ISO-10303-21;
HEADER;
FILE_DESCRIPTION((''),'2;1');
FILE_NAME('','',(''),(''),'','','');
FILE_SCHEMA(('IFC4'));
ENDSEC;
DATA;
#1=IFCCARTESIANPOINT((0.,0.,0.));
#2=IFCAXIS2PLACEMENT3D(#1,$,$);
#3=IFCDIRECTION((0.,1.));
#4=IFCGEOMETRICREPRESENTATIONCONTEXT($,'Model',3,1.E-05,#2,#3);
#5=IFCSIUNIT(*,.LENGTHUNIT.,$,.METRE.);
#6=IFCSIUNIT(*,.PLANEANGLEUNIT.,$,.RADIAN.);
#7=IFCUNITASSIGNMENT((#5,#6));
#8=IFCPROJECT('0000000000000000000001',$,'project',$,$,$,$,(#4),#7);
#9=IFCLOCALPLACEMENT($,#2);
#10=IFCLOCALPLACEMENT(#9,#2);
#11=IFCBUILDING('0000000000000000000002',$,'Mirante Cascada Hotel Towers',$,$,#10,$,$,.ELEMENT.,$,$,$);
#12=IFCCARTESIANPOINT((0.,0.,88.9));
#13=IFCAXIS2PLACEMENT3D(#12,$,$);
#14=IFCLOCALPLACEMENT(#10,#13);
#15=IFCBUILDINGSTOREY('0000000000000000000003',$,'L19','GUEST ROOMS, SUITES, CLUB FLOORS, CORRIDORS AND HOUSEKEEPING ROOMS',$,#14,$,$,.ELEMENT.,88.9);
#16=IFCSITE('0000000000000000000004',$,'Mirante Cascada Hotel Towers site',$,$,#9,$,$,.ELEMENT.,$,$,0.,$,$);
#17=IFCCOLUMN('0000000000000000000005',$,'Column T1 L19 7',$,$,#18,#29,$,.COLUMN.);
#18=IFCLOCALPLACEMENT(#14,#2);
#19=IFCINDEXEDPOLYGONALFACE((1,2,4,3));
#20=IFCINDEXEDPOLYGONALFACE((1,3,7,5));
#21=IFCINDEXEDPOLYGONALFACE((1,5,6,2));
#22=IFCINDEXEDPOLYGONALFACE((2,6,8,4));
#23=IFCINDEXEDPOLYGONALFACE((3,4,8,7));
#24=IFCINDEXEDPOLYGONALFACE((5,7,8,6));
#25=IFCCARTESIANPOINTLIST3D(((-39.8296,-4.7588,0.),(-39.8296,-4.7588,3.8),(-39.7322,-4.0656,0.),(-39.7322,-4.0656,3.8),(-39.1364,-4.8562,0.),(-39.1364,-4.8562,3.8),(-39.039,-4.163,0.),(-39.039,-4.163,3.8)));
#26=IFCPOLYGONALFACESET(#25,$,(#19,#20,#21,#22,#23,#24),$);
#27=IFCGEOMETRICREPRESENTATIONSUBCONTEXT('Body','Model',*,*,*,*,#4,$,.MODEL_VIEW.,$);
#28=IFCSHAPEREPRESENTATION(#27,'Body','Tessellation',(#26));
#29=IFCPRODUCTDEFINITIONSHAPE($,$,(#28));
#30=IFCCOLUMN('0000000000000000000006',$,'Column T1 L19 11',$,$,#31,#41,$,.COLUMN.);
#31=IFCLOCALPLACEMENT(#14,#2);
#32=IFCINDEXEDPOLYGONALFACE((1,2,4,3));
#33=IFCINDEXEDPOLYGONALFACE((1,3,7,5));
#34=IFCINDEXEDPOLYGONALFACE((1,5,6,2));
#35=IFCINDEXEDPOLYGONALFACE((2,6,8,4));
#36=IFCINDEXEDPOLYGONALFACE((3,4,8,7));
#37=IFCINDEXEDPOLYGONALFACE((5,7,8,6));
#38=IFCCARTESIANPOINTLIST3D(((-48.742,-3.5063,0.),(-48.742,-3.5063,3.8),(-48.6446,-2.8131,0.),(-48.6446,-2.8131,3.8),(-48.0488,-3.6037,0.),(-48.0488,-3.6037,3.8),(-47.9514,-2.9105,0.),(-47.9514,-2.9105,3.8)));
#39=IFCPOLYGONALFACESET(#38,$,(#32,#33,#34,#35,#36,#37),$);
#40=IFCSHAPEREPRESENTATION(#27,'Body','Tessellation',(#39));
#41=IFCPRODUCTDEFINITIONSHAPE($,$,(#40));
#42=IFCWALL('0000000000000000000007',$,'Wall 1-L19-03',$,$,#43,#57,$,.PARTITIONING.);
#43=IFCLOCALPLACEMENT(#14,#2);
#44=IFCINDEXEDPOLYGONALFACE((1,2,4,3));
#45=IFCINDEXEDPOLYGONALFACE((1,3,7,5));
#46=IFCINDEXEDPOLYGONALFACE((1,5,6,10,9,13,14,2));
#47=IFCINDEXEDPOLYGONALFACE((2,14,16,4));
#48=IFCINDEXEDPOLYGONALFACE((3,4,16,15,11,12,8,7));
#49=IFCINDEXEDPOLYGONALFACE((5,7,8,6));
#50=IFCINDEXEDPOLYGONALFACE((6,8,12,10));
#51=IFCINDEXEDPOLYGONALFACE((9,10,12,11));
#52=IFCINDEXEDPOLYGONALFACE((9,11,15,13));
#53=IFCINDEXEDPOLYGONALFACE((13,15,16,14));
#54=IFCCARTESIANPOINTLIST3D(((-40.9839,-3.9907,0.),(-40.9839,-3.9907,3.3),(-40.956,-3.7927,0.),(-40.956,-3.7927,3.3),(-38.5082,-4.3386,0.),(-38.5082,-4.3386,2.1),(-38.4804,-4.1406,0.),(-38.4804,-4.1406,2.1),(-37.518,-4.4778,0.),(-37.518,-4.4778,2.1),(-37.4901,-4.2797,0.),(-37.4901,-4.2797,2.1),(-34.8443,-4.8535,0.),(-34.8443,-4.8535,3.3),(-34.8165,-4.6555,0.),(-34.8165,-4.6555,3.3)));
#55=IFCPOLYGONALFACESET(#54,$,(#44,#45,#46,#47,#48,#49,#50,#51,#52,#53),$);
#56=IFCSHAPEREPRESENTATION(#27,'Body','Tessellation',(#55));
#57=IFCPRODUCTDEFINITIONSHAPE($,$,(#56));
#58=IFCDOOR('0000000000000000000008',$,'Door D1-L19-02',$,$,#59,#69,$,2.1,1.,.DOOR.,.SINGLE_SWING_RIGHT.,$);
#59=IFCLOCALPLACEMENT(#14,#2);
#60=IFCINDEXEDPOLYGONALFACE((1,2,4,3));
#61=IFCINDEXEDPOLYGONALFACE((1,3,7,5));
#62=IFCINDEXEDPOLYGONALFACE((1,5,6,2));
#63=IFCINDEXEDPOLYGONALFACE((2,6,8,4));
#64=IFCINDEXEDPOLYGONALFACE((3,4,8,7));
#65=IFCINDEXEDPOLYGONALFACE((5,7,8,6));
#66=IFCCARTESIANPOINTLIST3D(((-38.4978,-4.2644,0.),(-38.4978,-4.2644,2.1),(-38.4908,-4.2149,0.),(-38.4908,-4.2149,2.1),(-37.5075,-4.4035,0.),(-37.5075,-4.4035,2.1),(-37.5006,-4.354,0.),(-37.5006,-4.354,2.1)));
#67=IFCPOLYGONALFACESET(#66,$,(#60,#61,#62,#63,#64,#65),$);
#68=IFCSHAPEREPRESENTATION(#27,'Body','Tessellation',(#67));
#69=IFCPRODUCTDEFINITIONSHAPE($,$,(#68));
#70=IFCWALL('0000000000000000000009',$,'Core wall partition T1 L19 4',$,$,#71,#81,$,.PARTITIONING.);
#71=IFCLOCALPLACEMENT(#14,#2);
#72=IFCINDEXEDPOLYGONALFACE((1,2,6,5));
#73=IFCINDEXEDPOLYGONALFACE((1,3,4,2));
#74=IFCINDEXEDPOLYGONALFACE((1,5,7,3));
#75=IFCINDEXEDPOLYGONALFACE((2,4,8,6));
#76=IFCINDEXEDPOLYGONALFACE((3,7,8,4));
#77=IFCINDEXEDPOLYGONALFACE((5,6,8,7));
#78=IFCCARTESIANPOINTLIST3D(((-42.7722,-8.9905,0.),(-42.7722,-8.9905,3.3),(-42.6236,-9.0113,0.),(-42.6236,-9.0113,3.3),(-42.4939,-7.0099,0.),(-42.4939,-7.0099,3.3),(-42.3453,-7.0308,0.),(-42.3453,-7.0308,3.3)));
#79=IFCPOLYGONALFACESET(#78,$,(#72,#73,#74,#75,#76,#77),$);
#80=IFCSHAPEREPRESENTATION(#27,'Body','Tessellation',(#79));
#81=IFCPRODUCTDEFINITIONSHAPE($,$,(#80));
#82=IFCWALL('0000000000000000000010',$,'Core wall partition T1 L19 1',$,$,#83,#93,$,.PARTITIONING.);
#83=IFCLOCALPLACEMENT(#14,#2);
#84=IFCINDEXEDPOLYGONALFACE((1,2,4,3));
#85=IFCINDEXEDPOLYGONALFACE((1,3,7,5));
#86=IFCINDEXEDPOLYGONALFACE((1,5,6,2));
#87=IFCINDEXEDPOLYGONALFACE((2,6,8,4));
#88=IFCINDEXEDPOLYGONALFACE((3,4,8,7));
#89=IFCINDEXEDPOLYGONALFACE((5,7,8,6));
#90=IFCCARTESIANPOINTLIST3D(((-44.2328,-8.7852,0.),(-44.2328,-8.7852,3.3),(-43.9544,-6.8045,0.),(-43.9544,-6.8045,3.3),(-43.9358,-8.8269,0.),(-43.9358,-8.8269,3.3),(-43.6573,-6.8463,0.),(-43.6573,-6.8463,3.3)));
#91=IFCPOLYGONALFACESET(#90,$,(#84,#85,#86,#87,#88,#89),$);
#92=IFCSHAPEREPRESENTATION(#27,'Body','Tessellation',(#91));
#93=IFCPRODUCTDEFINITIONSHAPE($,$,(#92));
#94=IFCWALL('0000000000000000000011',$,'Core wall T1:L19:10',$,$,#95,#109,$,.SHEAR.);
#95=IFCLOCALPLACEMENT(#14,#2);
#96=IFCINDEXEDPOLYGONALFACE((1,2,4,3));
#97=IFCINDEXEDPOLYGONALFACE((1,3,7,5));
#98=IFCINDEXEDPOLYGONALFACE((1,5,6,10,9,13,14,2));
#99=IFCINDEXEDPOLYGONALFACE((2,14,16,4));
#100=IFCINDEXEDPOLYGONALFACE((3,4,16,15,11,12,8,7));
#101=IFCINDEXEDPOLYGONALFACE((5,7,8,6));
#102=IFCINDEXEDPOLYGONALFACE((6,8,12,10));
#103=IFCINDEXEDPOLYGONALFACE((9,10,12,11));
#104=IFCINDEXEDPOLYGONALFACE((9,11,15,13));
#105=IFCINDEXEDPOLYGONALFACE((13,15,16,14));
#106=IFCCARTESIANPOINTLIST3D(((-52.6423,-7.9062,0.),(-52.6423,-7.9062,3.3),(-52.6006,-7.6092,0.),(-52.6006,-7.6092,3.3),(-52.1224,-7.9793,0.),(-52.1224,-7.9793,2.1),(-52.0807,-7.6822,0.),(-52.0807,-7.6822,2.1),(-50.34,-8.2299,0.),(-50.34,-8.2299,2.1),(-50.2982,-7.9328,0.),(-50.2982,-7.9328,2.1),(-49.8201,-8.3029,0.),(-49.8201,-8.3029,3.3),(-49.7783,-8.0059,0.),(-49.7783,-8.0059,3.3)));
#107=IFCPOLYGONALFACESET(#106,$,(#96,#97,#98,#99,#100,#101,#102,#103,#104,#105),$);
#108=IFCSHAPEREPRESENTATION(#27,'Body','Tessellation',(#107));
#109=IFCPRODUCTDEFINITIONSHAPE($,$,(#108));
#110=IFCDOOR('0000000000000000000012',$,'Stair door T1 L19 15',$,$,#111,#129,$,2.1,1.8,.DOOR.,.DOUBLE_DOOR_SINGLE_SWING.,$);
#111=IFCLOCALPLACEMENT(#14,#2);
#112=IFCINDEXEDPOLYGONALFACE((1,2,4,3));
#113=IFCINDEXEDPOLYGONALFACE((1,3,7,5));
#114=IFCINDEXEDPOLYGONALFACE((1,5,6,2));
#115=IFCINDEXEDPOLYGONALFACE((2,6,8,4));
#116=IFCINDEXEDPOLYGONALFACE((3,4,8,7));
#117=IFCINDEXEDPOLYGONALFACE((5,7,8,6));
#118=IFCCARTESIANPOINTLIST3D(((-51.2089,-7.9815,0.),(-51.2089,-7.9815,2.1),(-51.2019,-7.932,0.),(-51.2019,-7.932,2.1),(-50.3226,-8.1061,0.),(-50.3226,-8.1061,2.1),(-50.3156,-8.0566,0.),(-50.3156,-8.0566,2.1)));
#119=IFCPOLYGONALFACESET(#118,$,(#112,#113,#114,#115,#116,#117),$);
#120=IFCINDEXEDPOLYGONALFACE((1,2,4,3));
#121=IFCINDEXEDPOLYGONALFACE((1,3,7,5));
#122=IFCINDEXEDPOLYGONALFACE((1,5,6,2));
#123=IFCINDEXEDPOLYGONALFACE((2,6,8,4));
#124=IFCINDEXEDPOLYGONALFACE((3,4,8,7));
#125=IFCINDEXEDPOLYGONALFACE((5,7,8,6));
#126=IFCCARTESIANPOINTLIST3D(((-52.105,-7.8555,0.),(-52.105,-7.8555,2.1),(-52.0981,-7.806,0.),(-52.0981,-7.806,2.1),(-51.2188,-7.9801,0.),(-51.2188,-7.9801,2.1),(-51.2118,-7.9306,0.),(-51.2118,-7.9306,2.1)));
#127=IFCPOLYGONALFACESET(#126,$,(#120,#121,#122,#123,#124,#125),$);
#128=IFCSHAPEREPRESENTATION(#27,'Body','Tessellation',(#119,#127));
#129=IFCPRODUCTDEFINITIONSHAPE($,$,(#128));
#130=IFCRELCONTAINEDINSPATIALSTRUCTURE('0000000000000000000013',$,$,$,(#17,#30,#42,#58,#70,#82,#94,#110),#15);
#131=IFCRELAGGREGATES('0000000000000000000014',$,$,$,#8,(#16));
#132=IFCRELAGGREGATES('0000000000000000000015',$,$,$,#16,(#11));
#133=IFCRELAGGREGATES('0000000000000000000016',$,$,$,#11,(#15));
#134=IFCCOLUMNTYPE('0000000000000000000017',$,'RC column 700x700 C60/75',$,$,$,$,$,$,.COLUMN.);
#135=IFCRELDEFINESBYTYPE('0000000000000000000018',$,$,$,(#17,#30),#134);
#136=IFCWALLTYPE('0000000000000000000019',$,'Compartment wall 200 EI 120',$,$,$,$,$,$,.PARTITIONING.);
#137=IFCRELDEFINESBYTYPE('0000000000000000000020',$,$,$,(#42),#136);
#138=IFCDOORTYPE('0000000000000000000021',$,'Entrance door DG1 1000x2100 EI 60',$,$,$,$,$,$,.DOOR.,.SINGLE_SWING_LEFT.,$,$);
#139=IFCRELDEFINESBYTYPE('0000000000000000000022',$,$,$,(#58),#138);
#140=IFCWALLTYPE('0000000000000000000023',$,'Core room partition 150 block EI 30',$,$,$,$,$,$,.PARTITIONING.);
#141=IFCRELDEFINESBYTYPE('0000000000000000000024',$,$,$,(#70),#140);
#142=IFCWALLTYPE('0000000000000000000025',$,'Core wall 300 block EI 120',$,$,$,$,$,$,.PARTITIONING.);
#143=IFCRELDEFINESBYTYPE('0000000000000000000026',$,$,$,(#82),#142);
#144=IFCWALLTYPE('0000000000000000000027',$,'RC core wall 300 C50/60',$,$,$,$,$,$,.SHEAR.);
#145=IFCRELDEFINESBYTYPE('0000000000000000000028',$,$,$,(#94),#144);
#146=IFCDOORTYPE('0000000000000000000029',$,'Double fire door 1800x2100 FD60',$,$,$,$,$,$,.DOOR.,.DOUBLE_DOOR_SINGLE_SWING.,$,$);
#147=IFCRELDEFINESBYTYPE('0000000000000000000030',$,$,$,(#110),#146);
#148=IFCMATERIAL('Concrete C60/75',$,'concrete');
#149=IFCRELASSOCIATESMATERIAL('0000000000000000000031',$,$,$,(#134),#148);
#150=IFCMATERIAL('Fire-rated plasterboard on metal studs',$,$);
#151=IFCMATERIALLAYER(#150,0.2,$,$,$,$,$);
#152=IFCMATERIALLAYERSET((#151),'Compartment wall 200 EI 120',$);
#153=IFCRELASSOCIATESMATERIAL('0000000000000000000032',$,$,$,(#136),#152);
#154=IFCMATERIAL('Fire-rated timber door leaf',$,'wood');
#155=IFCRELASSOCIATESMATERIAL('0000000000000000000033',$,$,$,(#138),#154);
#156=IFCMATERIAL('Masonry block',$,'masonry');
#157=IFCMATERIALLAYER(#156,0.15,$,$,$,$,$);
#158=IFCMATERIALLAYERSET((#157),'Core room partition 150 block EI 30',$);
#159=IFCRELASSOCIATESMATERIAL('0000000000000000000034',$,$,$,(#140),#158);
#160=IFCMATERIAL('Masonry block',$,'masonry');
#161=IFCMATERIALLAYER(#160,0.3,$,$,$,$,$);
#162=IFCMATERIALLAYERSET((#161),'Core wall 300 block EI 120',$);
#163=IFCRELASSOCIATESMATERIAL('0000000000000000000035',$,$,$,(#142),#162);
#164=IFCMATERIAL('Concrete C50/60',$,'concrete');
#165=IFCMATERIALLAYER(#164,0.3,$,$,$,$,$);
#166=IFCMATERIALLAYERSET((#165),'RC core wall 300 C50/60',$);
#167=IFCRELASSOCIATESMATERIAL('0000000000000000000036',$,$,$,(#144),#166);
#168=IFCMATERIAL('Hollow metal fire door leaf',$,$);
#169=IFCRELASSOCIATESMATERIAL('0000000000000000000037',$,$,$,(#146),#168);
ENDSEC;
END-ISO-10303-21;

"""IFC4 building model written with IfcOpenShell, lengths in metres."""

from ifc_helpers import new_model, si_unit, direction, frame, frame_2d, origin, origin_2d, place, context, subcontext, project, spatial, rectangle, extrude, material, layer, layer_set, material_profile, profile_set, type_object, element, fill, save


model = new_model("IFC4")

# Units and contexts
model_context = context("Model", 3, precision=1e-05, world=origin(), true_north=direction((0.0, 1.0)))
body_context = subcontext(model_context, "Body", "Model", "MODEL_VIEW")
ifc_project = project(units=[si_unit("LENGTHUNIT", "METRE"), si_unit("PLANEANGLEUNIT", "RADIAN")], contexts=[model_context])

# Site, building, storey
site_placement = place(None, origin())
site = spatial("IfcSite", under=ifc_project, at=site_placement, Name="Mirante Cascada Hotel Towers site", CompositionType="ELEMENT", RefElevation=0.0)
building_placement = place(site_placement, origin())
building = spatial("IfcBuilding", under=site, at=building_placement, Name="Mirante Cascada Hotel Towers", CompositionType="ELEMENT")
storey_placement = place(building_placement, frame((0.0, 0.0, 88.9)))
storey = spatial("IfcBuildingStorey", under=building, at=storey_placement, Name="L19", Description="GUEST ROOMS, SUITES, CLUB FLOORS, CORRIDORS AND HOUSEKEEPING ROOMS", CompositionType="ELEMENT", Elevation=88.9)

# Columns
ifc_material_1 = material(Name="Concrete C60/75", Category="concrete")
ifc_material_profile = material_profile(ifc_material_1, rectangle(XDim=0.7, YDim=0.7, at=origin_2d()), Name="RC column 700x700 C60/75")
ifc_profile_set = profile_set([ifc_material_profile], Name="Concrete C60/75")
column_type = type_object("IfcColumnType", Name="RC column 700x700 C60/75", PredefinedType="COLUMN", material=ifc_profile_set)
for number, where, z_axis, x_axis, name in (
    (1, (-39.4343, -4.4609, 0.0), (0.0, 0.0, 1.0), (-0.990268, 0.139173, 0.0), "Column T1 L19 7"),
    (2, (-48.3467, -3.2084, 0.0), (0.0, 0.0, 1.0), (-0.990268, 0.139173, 0.0), "Column T1 L19 11"),
):
    element("IfcColumn", number, at=place(storey_placement, frame(where, z_axis=z_axis, x_axis=x_axis)), inside=storey, type_object=column_type, Name=name, PredefinedType="COLUMN", context=body_context, shape_type="SweptSolid", body=[
        extrude(rectangle(XDim=0.7, YDim=0.7, at=origin_2d()), origin(), (0.0, 0.0, 1.0), 3.8),
    ])

# Wall, opening, door
ifc_material_2 = material(Name="Fire-rated plasterboard on metal studs")
ifc_layer_1 = layer(ifc_material_2, 0.2)
ifc_layer_set_1 = layer_set([ifc_layer_1], Name="Compartment wall 200 EI 120")
wall_type_1 = type_object("IfcWallType", Name="Compartment wall 200 EI 120", PredefinedType="PARTITIONING", material=ifc_layer_set_1)
wall_1_placement = place(storey_placement, frame((-40.97, -3.8917, 0.0), z_axis=(0.0, 0.0, 1.0), x_axis=(0.99027, -0.139163, 0.0)))
wall_1 = element("IfcWall", 3, at=wall_1_placement, inside=storey, type_object=wall_type_1, Name="Wall 1-L19-03", PredefinedType="PARTITIONING", context=body_context, shape_type="SweptSolid", body=[
    extrude(rectangle(XDim=6.1999, YDim=0.2, at=frame_2d((3.1, 0.0))), origin(), (0.0, 0.0, 1.0), 3.3),
])
opening_1_placement = place(wall_1_placement, frame((2.5, 0.0, 0.0)))
opening_1 = element("IfcOpeningElement", 4, at=opening_1_placement, cuts=wall_1, PredefinedType="OPENING", context=body_context, shape_type="SweptSolid", body=[
    extrude(rectangle(XDim=1.0, YDim=2.1, at=frame_2d((0.5, 1.05))), frame((0.0, 0.1, 0.0), z_axis=(0.0, -1.0, 0.0), x_axis=(1.0, 0.0, 0.0)), (0.0, 0.0, 1.0), 0.2),
])
ifc_material_3 = material(Name="Fire-rated timber door leaf", Category="wood")
door_type_1 = type_object("IfcDoorType", Name="Entrance door DG1 1000x2100 EI 60", OperationType="SINGLE_SWING_LEFT", PredefinedType="DOOR", material=ifc_material_3)
door_1_placement = place(opening_1_placement, frame((1.0, 0.0, 0.0), z_axis=(0.0, 0.0, 1.0), x_axis=(-1.0, 0.0, 0.0)))
door_1 = element("IfcDoor", 5, at=door_1_placement, inside=storey, type_object=door_type_1, Name="Door D1-L19-02", OperationType="SINGLE_SWING_RIGHT", OverallHeight=2.1, OverallWidth=1.0, PredefinedType="DOOR", context=body_context, shape_type="SweptSolid", body=[
    extrude(rectangle(XDim=1.0, YDim=2.1, at=frame_2d((0.5, 1.05))), frame((0.0, 0.025, 0.0), z_axis=(0.0, -1.0, 0.0), x_axis=(1.0, 0.0, 0.0)), (0.0, 0.0, 1.0), 0.05),
])
fill(opening_1, door_1)

# Walls
ifc_material_4 = material(Name="Masonry block", Category="masonry")
ifc_layer_2 = layer(ifc_material_4, 0.15)
ifc_layer_set_2 = layer_set([ifc_layer_2], Name="Core room partition 150 block EI 30")
wall_type_2 = type_object("IfcWallType", Name="Core room partition 150 block EI 30", PredefinedType="PARTITIONING", material=ifc_layer_set_2)
wall_2_placement = place(storey_placement, frame((-42.6979, -9.0009, 0.0), z_axis=(0.0, 0.0, 1.0), x_axis=(0.139153, 0.990271, 0.0)))
element("IfcWall", 6, at=wall_2_placement, inside=storey, type_object=wall_type_2, Name="Core wall partition T1 L19 4", PredefinedType="PARTITIONING", context=body_context, shape_type="SweptSolid", body=[
    extrude(rectangle(XDim=2.0, YDim=0.15, at=frame_2d((1.0, 0.0))), origin(), (0.0, 0.0, 1.0), 3.3),
])
ifc_material_5 = material(Name="Masonry block", Category="masonry")
ifc_layer_3 = layer(ifc_material_5, 0.3)
ifc_layer_set_3 = layer_set([ifc_layer_3], Name="Core wall 300 block EI 120")
wall_type_3 = type_object("IfcWallType", Name="Core wall 300 block EI 120", PredefinedType="PARTITIONING", material=ifc_layer_set_3)
wall_3_placement = place(storey_placement, frame((-44.0843, -8.8061, 0.0), z_axis=(0.0, 0.0, 1.0), x_axis=(0.139195, 0.990265, 0.0)))
element("IfcWall", 7, at=wall_3_placement, inside=storey, type_object=wall_type_3, Name="Core wall partition T1 L19 1", PredefinedType="PARTITIONING", context=body_context, shape_type="SweptSolid", body=[
    extrude(rectangle(XDim=2.0001, YDim=0.3, at=frame_2d((1.0001, 0.0))), origin(), (0.0, 0.0, 1.0), 3.3),
])

# Wall, opening, door
ifc_material_6 = material(Name="Concrete C50/60", Category="concrete")
ifc_layer_4 = layer(ifc_material_6, 0.3)
ifc_layer_set_4 = layer_set([ifc_layer_4], Name="RC core wall 300 C50/60")
wall_type_4 = type_object("IfcWallType", Name="RC core wall 300 C50/60", PredefinedType="SHEAR", material=ifc_layer_set_4)
wall_4_placement = place(storey_placement, frame((-49.7992, -8.1544, 0.0), z_axis=(0.0, 0.0, 1.0), x_axis=(-0.990266, 0.139191, 0.0)))
wall_4 = element("IfcWall", 8, at=wall_4_placement, inside=storey, type_object=wall_type_4, Name="Core wall T1:L19:10", PredefinedType="SHEAR", context=body_context, shape_type="SweptSolid", body=[
    extrude(rectangle(XDim=2.85, YDim=0.3, at=frame_2d((1.425, 0.0))), origin(), (0.0, 0.0, 1.0), 3.3),
])
opening_2_placement = place(wall_4_placement, frame((0.525, 0.0, 0.0)))
opening_2 = element("IfcOpeningElement", 9, at=opening_2_placement, cuts=wall_4, PredefinedType="OPENING", context=body_context, shape_type="SweptSolid", body=[
    extrude(rectangle(XDim=1.8, YDim=2.1, at=frame_2d((0.9, 1.05))), frame((0.0, 0.15, 0.0), z_axis=(0.0, -1.0, 0.0), x_axis=(1.0, 0.0, 0.0)), (0.0, 0.0, 1.0), 0.3),
])
ifc_material_7 = material(Name="Hollow metal fire door leaf")
door_type_2 = type_object("IfcDoorType", Name="Double fire door 1800x2100 FD60", OperationType="DOUBLE_DOOR_SINGLE_SWING", PredefinedType="DOOR", material=ifc_material_7)
door_2_placement = place(opening_2_placement, origin())
door_2 = element("IfcDoor", 10, at=door_2_placement, inside=storey, type_object=door_type_2, Name="Stair door T1 L19 15", OperationType="DOUBLE_DOOR_SINGLE_SWING", OverallHeight=2.1, OverallWidth=1.8, PredefinedType="DOOR", context=body_context, shape_type="SweptSolid", body=[
    extrude(rectangle(XDim=0.895, YDim=2.1, at=frame_2d((0.4475, 1.05))), frame((0.0, 0.025, 0.0), z_axis=(0.0, -1.0, 0.0), x_axis=(1.0, 0.0, 0.0)), (0.0, 0.0, 1.0), 0.05),
    extrude(rectangle(XDim=0.895, YDim=2.1, at=frame_2d((1.3525, 1.05))), frame((0.0, 0.025, 0.0), z_axis=(0.0, -1.0, 0.0), x_axis=(1.0, 0.0, 0.0)), (0.0, 0.0, 1.0), 0.05),
])
fill(opening_2, door_2)

save(model, "model.ifc")
